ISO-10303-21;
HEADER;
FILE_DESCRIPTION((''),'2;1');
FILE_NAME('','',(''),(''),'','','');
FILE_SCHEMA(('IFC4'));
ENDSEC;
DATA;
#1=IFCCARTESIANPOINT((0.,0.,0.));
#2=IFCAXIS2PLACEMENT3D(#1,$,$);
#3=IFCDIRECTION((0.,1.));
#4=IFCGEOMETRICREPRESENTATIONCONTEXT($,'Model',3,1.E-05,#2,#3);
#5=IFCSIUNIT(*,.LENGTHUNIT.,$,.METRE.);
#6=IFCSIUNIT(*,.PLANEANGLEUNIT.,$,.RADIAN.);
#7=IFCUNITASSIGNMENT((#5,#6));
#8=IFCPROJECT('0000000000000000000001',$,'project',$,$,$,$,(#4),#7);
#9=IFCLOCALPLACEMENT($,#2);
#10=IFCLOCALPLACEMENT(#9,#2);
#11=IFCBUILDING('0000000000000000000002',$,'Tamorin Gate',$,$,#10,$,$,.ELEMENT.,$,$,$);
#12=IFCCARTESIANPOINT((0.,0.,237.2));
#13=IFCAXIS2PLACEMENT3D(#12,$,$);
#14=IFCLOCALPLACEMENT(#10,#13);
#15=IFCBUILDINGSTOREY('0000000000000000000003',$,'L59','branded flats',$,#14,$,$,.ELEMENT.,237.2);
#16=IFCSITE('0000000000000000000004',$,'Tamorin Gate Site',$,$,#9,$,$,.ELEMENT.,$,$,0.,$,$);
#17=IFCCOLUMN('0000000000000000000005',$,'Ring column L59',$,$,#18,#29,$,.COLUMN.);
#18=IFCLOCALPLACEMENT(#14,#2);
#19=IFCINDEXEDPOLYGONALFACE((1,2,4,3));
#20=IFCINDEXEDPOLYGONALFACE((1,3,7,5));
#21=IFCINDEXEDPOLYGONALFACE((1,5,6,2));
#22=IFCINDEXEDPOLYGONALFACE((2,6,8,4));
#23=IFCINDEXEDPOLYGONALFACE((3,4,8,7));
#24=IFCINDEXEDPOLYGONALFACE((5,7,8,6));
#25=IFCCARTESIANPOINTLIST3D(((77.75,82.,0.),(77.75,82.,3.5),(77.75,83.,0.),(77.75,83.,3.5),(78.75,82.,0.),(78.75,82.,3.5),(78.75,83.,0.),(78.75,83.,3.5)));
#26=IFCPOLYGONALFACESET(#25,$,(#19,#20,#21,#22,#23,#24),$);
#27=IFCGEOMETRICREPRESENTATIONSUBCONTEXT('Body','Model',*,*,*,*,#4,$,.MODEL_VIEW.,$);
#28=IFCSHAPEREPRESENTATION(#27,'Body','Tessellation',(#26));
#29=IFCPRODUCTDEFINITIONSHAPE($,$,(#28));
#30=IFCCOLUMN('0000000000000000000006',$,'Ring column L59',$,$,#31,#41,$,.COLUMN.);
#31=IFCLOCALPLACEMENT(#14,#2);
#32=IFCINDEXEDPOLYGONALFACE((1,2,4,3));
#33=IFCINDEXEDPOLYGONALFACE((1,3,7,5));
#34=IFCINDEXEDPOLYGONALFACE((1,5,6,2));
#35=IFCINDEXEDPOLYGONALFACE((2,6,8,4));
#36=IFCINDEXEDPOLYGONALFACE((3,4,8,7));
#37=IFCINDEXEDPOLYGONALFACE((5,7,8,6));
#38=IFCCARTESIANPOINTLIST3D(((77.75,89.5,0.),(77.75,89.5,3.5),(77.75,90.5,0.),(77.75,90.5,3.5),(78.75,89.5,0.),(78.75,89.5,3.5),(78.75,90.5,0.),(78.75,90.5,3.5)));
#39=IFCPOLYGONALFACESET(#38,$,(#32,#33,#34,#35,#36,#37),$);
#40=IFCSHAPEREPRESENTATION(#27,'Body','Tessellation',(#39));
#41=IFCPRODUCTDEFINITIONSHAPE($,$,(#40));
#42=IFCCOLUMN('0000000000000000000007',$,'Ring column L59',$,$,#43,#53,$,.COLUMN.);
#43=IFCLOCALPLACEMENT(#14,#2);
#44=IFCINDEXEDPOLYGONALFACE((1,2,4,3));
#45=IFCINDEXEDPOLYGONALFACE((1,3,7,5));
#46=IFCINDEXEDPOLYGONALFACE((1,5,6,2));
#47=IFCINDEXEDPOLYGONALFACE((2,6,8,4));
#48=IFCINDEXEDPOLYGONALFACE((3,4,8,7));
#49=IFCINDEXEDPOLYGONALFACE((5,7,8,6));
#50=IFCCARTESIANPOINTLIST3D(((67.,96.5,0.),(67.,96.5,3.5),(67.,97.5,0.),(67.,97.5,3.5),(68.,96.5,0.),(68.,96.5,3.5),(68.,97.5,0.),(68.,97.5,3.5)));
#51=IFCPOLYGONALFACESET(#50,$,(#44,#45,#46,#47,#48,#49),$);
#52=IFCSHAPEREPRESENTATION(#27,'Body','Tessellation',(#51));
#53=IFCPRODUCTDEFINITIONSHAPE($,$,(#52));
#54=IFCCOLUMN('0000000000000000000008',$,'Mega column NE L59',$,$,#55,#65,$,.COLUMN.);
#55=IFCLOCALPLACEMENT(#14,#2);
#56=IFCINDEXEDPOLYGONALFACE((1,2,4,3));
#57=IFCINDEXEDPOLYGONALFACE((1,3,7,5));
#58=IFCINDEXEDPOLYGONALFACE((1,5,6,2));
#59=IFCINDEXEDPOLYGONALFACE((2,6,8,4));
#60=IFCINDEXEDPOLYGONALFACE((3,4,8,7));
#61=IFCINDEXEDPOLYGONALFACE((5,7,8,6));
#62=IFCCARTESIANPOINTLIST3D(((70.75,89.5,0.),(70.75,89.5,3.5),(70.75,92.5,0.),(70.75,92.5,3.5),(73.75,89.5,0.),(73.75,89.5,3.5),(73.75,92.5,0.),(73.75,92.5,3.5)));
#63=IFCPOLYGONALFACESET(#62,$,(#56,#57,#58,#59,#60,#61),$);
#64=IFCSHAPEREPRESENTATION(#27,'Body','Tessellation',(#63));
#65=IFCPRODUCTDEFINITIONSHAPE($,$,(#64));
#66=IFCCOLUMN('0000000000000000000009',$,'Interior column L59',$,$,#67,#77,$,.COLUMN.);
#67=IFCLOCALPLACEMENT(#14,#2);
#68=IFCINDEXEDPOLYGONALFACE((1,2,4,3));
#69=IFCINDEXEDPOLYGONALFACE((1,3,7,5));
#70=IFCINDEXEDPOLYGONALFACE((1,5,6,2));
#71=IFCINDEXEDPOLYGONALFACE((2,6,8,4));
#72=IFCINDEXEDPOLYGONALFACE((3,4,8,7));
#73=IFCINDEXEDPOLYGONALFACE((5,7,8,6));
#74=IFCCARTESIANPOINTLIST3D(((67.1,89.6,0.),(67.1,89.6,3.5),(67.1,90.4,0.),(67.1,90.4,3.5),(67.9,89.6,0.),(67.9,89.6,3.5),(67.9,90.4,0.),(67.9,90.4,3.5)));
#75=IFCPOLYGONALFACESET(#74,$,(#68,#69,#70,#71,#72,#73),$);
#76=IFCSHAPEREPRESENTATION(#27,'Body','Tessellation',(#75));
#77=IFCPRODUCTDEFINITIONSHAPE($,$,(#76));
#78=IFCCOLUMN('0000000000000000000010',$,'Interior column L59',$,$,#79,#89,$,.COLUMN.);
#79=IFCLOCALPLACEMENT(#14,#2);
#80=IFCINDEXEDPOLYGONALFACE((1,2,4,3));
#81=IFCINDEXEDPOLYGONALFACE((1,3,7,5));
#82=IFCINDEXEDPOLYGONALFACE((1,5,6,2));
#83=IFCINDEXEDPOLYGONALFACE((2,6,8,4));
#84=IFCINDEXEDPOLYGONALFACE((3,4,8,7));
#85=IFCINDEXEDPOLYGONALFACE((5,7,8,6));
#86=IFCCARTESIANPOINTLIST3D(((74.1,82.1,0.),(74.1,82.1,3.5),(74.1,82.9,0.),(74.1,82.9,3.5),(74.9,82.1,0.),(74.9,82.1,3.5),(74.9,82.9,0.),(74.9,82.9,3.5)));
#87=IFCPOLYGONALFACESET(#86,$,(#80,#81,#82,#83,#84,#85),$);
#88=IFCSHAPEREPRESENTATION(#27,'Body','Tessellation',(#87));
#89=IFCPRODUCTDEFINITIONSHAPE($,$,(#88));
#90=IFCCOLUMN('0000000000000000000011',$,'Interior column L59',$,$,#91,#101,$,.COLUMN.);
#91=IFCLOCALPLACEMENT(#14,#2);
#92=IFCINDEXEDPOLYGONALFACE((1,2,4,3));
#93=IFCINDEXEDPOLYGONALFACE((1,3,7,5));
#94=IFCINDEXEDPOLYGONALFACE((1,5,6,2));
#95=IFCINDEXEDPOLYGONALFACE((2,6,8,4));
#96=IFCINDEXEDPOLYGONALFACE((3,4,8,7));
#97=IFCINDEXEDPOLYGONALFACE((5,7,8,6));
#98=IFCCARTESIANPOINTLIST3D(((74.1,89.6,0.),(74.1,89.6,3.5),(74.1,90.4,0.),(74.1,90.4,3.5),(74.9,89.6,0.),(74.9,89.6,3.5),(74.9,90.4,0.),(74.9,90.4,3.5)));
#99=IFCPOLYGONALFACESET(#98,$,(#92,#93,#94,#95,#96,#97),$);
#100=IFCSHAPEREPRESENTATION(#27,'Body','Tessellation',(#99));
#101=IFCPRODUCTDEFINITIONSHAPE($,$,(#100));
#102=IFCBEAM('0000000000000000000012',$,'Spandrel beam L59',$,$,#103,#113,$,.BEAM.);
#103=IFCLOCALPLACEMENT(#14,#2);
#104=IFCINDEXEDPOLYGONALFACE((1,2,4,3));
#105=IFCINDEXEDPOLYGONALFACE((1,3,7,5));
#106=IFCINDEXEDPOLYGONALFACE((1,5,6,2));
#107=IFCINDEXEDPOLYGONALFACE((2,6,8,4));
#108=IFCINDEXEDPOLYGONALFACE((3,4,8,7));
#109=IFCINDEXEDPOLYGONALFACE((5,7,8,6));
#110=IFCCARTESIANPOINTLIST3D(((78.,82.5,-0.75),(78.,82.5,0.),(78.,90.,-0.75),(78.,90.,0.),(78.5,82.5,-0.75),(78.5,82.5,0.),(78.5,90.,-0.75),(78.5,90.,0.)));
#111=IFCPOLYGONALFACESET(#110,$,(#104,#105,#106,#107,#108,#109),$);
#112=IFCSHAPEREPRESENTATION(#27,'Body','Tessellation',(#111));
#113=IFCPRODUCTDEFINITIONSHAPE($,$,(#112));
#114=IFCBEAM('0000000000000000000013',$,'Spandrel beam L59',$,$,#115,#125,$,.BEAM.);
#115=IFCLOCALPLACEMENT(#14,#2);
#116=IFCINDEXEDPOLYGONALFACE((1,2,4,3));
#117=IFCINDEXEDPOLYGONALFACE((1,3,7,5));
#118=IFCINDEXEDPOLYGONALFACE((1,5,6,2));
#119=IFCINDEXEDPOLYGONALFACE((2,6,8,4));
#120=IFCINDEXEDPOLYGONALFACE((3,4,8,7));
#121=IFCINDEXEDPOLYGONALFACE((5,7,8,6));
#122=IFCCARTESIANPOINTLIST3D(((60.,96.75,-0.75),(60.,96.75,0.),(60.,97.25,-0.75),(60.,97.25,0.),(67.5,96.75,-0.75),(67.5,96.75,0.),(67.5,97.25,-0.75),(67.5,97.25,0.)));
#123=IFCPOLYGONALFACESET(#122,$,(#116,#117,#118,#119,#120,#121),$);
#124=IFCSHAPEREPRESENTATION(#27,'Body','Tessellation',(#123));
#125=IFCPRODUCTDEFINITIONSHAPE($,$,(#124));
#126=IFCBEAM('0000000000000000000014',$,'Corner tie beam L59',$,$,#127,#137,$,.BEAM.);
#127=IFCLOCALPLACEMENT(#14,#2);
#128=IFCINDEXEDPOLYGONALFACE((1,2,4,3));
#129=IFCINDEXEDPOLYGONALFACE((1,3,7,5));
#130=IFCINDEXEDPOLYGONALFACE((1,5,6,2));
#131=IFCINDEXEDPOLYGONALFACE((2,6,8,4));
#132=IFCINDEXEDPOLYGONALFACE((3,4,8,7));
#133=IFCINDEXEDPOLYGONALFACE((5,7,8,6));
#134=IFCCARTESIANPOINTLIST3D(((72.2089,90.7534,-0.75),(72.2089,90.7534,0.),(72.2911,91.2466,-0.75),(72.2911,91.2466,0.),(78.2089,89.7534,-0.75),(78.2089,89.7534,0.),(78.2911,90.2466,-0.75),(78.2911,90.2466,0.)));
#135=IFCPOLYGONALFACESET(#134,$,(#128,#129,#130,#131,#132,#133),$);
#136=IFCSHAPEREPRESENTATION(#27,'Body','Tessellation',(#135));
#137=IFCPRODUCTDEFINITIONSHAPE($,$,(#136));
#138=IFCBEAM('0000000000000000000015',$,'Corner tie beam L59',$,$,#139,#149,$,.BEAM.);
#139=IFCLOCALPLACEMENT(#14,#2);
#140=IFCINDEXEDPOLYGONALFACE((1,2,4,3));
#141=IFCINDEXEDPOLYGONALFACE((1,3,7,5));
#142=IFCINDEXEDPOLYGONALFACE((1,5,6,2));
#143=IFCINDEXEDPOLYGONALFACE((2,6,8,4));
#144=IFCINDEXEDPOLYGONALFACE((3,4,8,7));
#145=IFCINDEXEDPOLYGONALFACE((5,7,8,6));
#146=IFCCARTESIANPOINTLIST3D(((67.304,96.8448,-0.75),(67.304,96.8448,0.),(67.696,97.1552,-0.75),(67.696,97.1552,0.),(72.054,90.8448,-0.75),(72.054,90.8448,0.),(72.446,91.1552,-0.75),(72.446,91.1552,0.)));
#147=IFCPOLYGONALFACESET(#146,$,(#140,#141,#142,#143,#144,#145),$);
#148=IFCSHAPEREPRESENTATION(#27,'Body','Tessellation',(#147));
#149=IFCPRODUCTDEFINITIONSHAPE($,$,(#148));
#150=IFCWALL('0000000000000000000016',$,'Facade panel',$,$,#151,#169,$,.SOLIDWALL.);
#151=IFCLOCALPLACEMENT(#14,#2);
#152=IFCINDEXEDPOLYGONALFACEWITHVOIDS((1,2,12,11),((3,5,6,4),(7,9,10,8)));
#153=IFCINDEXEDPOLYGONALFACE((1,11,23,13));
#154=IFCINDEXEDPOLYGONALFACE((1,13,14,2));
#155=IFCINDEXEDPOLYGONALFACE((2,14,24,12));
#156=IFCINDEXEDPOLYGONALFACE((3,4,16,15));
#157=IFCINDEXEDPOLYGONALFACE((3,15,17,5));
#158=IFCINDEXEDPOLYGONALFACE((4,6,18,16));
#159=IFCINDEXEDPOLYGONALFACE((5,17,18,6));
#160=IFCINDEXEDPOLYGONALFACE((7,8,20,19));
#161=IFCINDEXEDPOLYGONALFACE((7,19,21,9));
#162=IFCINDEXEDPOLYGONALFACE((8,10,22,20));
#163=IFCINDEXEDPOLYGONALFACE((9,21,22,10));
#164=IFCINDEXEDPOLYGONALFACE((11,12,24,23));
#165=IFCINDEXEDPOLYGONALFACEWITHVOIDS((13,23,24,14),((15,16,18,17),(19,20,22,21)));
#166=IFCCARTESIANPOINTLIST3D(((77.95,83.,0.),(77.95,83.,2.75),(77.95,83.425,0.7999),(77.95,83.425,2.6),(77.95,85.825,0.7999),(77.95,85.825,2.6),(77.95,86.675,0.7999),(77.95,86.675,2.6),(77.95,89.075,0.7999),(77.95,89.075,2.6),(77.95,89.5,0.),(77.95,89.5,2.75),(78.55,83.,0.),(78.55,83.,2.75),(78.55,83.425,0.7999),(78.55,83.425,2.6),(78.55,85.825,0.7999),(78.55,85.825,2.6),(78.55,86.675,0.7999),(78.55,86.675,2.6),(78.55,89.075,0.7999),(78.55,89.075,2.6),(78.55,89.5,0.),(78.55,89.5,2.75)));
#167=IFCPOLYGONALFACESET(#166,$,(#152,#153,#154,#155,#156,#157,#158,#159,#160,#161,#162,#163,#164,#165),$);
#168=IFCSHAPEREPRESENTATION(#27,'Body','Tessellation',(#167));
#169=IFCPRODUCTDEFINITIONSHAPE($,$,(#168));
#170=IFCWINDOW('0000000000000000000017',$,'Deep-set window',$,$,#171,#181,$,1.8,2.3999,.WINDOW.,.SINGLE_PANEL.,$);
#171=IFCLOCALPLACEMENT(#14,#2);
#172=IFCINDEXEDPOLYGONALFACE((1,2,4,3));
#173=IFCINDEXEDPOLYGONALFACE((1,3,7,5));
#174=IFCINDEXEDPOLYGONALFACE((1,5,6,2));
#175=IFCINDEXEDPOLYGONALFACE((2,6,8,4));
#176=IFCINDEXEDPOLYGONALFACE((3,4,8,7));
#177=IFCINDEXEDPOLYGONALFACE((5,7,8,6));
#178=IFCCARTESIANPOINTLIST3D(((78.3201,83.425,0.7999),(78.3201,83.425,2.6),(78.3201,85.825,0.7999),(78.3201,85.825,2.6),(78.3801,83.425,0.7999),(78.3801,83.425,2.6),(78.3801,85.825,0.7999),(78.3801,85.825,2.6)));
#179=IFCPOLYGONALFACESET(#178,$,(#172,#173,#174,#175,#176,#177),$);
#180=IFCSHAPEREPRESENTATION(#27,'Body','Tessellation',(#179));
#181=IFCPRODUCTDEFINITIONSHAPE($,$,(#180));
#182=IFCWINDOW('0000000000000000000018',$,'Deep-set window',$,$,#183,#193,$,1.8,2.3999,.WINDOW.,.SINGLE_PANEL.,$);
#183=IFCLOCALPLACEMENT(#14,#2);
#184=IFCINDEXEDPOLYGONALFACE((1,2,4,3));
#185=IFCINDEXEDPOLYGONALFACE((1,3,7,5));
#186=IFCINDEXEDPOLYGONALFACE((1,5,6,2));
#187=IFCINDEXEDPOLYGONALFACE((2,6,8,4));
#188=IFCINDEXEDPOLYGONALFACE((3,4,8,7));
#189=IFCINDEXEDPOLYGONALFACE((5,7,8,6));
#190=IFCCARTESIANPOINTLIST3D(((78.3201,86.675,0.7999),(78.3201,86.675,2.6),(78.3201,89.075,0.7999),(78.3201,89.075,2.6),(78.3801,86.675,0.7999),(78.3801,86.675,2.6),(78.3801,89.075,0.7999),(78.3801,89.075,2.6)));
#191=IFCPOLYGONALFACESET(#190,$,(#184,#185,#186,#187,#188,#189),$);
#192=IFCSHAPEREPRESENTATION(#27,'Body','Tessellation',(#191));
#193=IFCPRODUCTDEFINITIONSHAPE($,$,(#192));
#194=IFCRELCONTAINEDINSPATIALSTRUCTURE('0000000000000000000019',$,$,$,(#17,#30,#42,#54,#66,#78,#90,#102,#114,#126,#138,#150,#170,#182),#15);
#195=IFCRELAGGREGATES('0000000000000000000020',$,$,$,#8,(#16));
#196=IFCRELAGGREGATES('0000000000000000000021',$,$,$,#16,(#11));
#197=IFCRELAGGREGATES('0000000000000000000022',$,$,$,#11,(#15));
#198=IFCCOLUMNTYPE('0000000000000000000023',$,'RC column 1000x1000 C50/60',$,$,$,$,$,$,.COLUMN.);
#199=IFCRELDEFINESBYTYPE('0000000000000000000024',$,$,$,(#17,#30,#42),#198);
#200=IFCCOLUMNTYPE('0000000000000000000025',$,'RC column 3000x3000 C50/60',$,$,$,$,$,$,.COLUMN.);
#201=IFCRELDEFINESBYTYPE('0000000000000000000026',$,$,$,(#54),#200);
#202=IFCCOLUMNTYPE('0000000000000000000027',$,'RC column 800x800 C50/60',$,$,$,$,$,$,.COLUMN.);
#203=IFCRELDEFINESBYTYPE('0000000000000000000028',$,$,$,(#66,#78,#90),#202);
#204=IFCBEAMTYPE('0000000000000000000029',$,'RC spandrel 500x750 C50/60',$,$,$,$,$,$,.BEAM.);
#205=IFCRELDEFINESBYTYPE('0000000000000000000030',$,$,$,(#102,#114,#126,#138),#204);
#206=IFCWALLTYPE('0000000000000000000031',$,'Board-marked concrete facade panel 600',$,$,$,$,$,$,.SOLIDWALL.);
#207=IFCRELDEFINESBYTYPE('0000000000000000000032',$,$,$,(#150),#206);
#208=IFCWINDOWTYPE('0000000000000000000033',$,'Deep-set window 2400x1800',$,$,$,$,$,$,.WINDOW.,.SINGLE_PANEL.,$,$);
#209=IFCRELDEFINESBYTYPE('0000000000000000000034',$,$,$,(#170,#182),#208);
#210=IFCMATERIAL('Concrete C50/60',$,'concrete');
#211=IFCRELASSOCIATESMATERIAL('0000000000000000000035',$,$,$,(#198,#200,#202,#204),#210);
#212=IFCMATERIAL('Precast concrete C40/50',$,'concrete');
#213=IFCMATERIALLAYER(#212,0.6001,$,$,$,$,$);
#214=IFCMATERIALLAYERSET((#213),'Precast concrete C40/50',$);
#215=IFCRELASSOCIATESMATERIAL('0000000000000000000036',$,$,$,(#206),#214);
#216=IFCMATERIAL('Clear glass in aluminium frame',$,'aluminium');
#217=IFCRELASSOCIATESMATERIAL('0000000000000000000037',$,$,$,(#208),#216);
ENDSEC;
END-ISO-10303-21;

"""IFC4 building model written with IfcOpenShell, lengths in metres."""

from ifc_helpers import new_model, si_unit, direction, frame, frame_2d, origin, origin_2d, place, context, subcontext, project, spatial, rectangle, extrude, material, layer, layer_set, material_profile, profile_set, type_object, element, fill, save


model = new_model("IFC4")

# Units and contexts
model_context = context("Model", 3, precision=1e-05, world=origin(), true_north=direction((0.0, 1.0)))
body_context = subcontext(model_context, "Body", "Model", "MODEL_VIEW")
ifc_project = project(units=[si_unit("LENGTHUNIT", "METRE"), si_unit("PLANEANGLEUNIT", "RADIAN")], contexts=[model_context])

# Site, building, storey
site_placement = place(None, origin())
site = spatial("IfcSite", under=ifc_project, at=site_placement, Name="Tamorin Gate Site", CompositionType="ELEMENT", RefElevation=0.0)
building_placement = place(site_placement, origin())
building = spatial("IfcBuilding", under=site, at=building_placement, Name="Tamorin Gate", CompositionType="ELEMENT")
storey_placement = place(building_placement, frame((0.0, 0.0, 237.2)))
storey = spatial("IfcBuildingStorey", under=building, at=storey_placement, Name="L59", Description="branded flats", CompositionType="ELEMENT", Elevation=237.2)

# Columns
ifc_material_1 = material(Name="Concrete C50/60", Category="concrete")
ifc_material_profile_1 = material_profile(ifc_material_1, rectangle(XDim=1.0, YDim=1.0, at=origin_2d()), Name="RC 1000x1000")
ifc_profile_set_1 = profile_set([ifc_material_profile_1], Name="Concrete C50/60")
column_type_1 = type_object("IfcColumnType", Name="RC column 1000x1000 C50/60", PredefinedType="COLUMN", material=ifc_profile_set_1)
for number, where, z_axis, x_axis, name in (
    (1, (78.25, 82.5, 0.0), (0.0, 0.0, 1.0), (1.0, 0.0, 0.0), "Ring column L59"),
    (2, (78.25, 90.0, 0.0), (0.0, 0.0, 1.0), (1.0, 0.0, 0.0), "Ring column L59"),
    (3, (67.5, 97.0, 0.0), (0.0, 0.0, 1.0), (1.0, 0.0, 0.0), "Ring column L59"),
):
    element("IfcColumn", number, at=place(storey_placement, frame(where, z_axis=z_axis, x_axis=x_axis)), inside=storey, type_object=column_type_1, Name=name, PredefinedType="COLUMN", context=body_context, shape_type="SweptSolid", body=[
        extrude(rectangle(XDim=1.0, YDim=1.0, at=origin_2d()), origin(), (0.0, 0.0, 1.0), 3.5),
    ])
ifc_material_profile_2 = material_profile(ifc_material_1, rectangle(XDim=3.0, YDim=3.0, at=origin_2d()), Name="RC 3000x3000")
ifc_profile_set_2 = profile_set([ifc_material_profile_2], Name="Concrete C50/60")
column_type_2 = type_object("IfcColumnType", Name="RC column 3000x3000 C50/60", PredefinedType="COLUMN", material=ifc_profile_set_2)
column_placement = place(storey_placement, frame((72.25, 91.0, 0.0), z_axis=(0.0, 0.0, 1.0), x_axis=(1.0, 0.0, 0.0)))
element("IfcColumn", 4, at=column_placement, inside=storey, type_object=column_type_2, Name="Mega column NE L59", PredefinedType="COLUMN", context=body_context, shape_type="SweptSolid", body=[
    extrude(rectangle(XDim=3.0, YDim=3.0, at=origin_2d()), origin(), (0.0, 0.0, 1.0), 3.5),
])
ifc_material_profile_3 = material_profile(ifc_material_1, rectangle(XDim=0.8, YDim=0.8, at=origin_2d()), Name="RC 800x800")
ifc_profile_set_3 = profile_set([ifc_material_profile_3], Name="Concrete C50/60")
column_type_3 = type_object("IfcColumnType", Name="RC column 800x800 C50/60", PredefinedType="COLUMN", material=ifc_profile_set_3)
for number, where, z_axis, x_axis, name in (
    (5, (67.5, 90.0, 0.0), (0.0, 0.0, 1.0), (1.0, 0.0, 0.0), "Interior column L59"),
    (6, (74.5, 82.5, 0.0), (0.0, 0.0, 1.0), (1.0, 0.0, 0.0), "Interior column L59"),
    (7, (74.5, 90.0, 0.0), (0.0, 0.0, 1.0), (1.0, 0.0, 0.0), "Interior column L59"),
):
    element("IfcColumn", number, at=place(storey_placement, frame(where, z_axis=z_axis, x_axis=x_axis)), inside=storey, type_object=column_type_3, Name=name, PredefinedType="COLUMN", context=body_context, shape_type="SweptSolid", body=[
        extrude(rectangle(XDim=0.8, YDim=0.8, at=origin_2d()), origin(), (0.0, 0.0, 1.0), 3.5),
    ])

# Beams
ifc_material_profile_4 = material_profile(ifc_material_1, rectangle(XDim=0.5, YDim=0.75, at=origin_2d()), Name="RC 500x750")
ifc_profile_set_4 = profile_set([ifc_material_profile_4], Name="Concrete C50/60")
beam_type = type_object("IfcBeamType", Name="RC spandrel 500x750 C50/60", PredefinedType="BEAM", material=ifc_profile_set_4)
for number, where, z_axis, x_axis, name in (
    (8, (78.25, 82.5, -0.375), (0.0, 1.0, 0.0), (-1.0, 0.0, 0.0), "Spandrel beam L59"),
    (9, (67.5, 97.0, -0.375), (-1.0, 0.0, 0.0), (0.0, -1.0, 0.0), "Spandrel beam L59"),
):
    element("IfcBeam", number, at=place(storey_placement, frame(where, z_axis=z_axis, x_axis=x_axis)), inside=storey, type_object=beam_type, Name=name, PredefinedType="BEAM", context=body_context, shape_type="SweptSolid", body=[
        extrude(rectangle(XDim=0.5, YDim=0.75, at=origin_2d()), origin(), (0.0, 0.0, 1.0), 7.5),
    ])
beam_1_placement = place(storey_placement, frame((72.25, 91.0, -0.375), z_axis=(0.986394, -0.164399, 0.0), x_axis=(0.164399, 0.986394, 0.0)))
element("IfcBeam", 10, at=beam_1_placement, inside=storey, type_object=beam_type, Name="Corner tie beam L59", PredefinedType="BEAM", context=body_context, shape_type="SweptSolid", body=[
    extrude(rectangle(XDim=0.5, YDim=0.75, at=origin_2d()), origin(), (0.0, 0.0, 1.0), 6.0828),
])
beam_2_placement = place(storey_placement, frame((72.25, 91.0, -0.375), z_axis=(-0.620703, 0.784046, 0.0), x_axis=(-0.784046, -0.620703, 0.0)))
element("IfcBeam", 11, at=beam_2_placement, inside=storey, type_object=beam_type, Name="Corner tie beam L59", PredefinedType="BEAM", context=body_context, shape_type="SweptSolid", body=[
    extrude(rectangle(XDim=0.5, YDim=0.75, at=origin_2d()), origin(), (0.0, 0.0, 1.0), 7.6526),
])

# Wall, openings, windows
ifc_material_2 = material(Name="Precast concrete C40/50", Category="concrete")
ifc_layer = layer(ifc_material_2, 0.6001)
ifc_layer_set = layer_set([ifc_layer], Name="Precast concrete C40/50")
wall_type = type_object("IfcWallType", Name="Board-marked concrete facade panel 600", PredefinedType="SOLIDWALL", material=ifc_layer_set)
wall_1_placement = place(storey_placement, frame((78.25, 83.0, 0.0), z_axis=(0.0, 0.0, 1.0), x_axis=(0.0, 1.0, 0.0)))
wall_1 = element("IfcWall", 12, at=wall_1_placement, inside=storey, type_object=wall_type, Name="Facade panel", PredefinedType="SOLIDWALL", context=body_context, shape_type="SweptSolid", body=[
    extrude(rectangle(XDim=6.5, YDim=0.6001, at=frame_2d((3.25, 0.0))), origin(), (0.0, 0.0, 1.0), 2.75),
])
opening_1_placement = place(wall_1_placement, frame((0.425, 0.0, 0.8)))
opening_1 = element("IfcOpeningElement", 13, at=opening_1_placement, cuts=wall_1, PredefinedType="OPENING", context=body_context, shape_type="SweptSolid", body=[
    extrude(rectangle(XDim=2.3999, YDim=1.8, at=frame_2d((1.2, 0.8999))), frame((0.0, 0.3101, 0.0), z_axis=(0.0, -1.0, 0.0), x_axis=(1.0, 0.0, 0.0)), (0.0, 0.0, 1.0), 0.6201),
])
opening_2_placement = place(wall_1_placement, frame((3.675, 0.0, 0.8)))
opening_2 = element("IfcOpeningElement", 14, at=opening_2_placement, cuts=wall_1, PredefinedType="OPENING", context=body_context, shape_type="SweptSolid", body=[
    extrude(rectangle(XDim=2.3999, YDim=1.8, at=frame_2d((1.2, 0.8999))), frame((0.0, 0.3101, 0.0), z_axis=(0.0, -1.0, 0.0), x_axis=(1.0, 0.0, 0.0)), (0.0, 0.0, 1.0), 0.6201),
])
ifc_material_3 = material(Name="Clear glass in aluminium frame", Category="aluminium")
window_type = type_object("IfcWindowType", Name="Deep-set window 2400x1800", PartitioningType="SINGLE_PANEL", PredefinedType="WINDOW", material=ifc_material_3)
window_1_placement = place(opening_1_placement, origin())
window_1 = element("IfcWindow", 15, at=window_1_placement, inside=storey, type_object=window_type, Name="Deep-set window", OverallHeight=1.8, OverallWidth=2.3999, PartitioningType="SINGLE_PANEL", PredefinedType="WINDOW", context=body_context, shape_type="SweptSolid", body=[
    extrude(rectangle(XDim=2.3999, YDim=1.8, at=frame_2d((1.2, 0.8999))), frame((0.0, -0.0701, 0.0), z_axis=(0.0, -1.0, 0.0), x_axis=(1.0, 0.0, 0.0)), (0.0, 0.0, 1.0), 0.0601),
])
fill(opening_1, window_1)
window_2_placement = place(opening_2_placement, origin())
window_2 = element("IfcWindow", 16, at=window_2_placement, inside=storey, type_object=window_type, Name="Deep-set window", OverallHeight=1.8, OverallWidth=2.3999, PartitioningType="SINGLE_PANEL", PredefinedType="WINDOW", context=body_context, shape_type="SweptSolid", body=[
    extrude(rectangle(XDim=2.3999, YDim=1.8, at=frame_2d((1.2, 0.8999))), frame((0.0, -0.0701, 0.0), z_axis=(0.0, -1.0, 0.0), x_axis=(1.0, 0.0, 0.0)), (0.0, 0.0, 1.0), 0.0601),
])
fill(opening_2, window_2)

save(model, "model.ifc")
